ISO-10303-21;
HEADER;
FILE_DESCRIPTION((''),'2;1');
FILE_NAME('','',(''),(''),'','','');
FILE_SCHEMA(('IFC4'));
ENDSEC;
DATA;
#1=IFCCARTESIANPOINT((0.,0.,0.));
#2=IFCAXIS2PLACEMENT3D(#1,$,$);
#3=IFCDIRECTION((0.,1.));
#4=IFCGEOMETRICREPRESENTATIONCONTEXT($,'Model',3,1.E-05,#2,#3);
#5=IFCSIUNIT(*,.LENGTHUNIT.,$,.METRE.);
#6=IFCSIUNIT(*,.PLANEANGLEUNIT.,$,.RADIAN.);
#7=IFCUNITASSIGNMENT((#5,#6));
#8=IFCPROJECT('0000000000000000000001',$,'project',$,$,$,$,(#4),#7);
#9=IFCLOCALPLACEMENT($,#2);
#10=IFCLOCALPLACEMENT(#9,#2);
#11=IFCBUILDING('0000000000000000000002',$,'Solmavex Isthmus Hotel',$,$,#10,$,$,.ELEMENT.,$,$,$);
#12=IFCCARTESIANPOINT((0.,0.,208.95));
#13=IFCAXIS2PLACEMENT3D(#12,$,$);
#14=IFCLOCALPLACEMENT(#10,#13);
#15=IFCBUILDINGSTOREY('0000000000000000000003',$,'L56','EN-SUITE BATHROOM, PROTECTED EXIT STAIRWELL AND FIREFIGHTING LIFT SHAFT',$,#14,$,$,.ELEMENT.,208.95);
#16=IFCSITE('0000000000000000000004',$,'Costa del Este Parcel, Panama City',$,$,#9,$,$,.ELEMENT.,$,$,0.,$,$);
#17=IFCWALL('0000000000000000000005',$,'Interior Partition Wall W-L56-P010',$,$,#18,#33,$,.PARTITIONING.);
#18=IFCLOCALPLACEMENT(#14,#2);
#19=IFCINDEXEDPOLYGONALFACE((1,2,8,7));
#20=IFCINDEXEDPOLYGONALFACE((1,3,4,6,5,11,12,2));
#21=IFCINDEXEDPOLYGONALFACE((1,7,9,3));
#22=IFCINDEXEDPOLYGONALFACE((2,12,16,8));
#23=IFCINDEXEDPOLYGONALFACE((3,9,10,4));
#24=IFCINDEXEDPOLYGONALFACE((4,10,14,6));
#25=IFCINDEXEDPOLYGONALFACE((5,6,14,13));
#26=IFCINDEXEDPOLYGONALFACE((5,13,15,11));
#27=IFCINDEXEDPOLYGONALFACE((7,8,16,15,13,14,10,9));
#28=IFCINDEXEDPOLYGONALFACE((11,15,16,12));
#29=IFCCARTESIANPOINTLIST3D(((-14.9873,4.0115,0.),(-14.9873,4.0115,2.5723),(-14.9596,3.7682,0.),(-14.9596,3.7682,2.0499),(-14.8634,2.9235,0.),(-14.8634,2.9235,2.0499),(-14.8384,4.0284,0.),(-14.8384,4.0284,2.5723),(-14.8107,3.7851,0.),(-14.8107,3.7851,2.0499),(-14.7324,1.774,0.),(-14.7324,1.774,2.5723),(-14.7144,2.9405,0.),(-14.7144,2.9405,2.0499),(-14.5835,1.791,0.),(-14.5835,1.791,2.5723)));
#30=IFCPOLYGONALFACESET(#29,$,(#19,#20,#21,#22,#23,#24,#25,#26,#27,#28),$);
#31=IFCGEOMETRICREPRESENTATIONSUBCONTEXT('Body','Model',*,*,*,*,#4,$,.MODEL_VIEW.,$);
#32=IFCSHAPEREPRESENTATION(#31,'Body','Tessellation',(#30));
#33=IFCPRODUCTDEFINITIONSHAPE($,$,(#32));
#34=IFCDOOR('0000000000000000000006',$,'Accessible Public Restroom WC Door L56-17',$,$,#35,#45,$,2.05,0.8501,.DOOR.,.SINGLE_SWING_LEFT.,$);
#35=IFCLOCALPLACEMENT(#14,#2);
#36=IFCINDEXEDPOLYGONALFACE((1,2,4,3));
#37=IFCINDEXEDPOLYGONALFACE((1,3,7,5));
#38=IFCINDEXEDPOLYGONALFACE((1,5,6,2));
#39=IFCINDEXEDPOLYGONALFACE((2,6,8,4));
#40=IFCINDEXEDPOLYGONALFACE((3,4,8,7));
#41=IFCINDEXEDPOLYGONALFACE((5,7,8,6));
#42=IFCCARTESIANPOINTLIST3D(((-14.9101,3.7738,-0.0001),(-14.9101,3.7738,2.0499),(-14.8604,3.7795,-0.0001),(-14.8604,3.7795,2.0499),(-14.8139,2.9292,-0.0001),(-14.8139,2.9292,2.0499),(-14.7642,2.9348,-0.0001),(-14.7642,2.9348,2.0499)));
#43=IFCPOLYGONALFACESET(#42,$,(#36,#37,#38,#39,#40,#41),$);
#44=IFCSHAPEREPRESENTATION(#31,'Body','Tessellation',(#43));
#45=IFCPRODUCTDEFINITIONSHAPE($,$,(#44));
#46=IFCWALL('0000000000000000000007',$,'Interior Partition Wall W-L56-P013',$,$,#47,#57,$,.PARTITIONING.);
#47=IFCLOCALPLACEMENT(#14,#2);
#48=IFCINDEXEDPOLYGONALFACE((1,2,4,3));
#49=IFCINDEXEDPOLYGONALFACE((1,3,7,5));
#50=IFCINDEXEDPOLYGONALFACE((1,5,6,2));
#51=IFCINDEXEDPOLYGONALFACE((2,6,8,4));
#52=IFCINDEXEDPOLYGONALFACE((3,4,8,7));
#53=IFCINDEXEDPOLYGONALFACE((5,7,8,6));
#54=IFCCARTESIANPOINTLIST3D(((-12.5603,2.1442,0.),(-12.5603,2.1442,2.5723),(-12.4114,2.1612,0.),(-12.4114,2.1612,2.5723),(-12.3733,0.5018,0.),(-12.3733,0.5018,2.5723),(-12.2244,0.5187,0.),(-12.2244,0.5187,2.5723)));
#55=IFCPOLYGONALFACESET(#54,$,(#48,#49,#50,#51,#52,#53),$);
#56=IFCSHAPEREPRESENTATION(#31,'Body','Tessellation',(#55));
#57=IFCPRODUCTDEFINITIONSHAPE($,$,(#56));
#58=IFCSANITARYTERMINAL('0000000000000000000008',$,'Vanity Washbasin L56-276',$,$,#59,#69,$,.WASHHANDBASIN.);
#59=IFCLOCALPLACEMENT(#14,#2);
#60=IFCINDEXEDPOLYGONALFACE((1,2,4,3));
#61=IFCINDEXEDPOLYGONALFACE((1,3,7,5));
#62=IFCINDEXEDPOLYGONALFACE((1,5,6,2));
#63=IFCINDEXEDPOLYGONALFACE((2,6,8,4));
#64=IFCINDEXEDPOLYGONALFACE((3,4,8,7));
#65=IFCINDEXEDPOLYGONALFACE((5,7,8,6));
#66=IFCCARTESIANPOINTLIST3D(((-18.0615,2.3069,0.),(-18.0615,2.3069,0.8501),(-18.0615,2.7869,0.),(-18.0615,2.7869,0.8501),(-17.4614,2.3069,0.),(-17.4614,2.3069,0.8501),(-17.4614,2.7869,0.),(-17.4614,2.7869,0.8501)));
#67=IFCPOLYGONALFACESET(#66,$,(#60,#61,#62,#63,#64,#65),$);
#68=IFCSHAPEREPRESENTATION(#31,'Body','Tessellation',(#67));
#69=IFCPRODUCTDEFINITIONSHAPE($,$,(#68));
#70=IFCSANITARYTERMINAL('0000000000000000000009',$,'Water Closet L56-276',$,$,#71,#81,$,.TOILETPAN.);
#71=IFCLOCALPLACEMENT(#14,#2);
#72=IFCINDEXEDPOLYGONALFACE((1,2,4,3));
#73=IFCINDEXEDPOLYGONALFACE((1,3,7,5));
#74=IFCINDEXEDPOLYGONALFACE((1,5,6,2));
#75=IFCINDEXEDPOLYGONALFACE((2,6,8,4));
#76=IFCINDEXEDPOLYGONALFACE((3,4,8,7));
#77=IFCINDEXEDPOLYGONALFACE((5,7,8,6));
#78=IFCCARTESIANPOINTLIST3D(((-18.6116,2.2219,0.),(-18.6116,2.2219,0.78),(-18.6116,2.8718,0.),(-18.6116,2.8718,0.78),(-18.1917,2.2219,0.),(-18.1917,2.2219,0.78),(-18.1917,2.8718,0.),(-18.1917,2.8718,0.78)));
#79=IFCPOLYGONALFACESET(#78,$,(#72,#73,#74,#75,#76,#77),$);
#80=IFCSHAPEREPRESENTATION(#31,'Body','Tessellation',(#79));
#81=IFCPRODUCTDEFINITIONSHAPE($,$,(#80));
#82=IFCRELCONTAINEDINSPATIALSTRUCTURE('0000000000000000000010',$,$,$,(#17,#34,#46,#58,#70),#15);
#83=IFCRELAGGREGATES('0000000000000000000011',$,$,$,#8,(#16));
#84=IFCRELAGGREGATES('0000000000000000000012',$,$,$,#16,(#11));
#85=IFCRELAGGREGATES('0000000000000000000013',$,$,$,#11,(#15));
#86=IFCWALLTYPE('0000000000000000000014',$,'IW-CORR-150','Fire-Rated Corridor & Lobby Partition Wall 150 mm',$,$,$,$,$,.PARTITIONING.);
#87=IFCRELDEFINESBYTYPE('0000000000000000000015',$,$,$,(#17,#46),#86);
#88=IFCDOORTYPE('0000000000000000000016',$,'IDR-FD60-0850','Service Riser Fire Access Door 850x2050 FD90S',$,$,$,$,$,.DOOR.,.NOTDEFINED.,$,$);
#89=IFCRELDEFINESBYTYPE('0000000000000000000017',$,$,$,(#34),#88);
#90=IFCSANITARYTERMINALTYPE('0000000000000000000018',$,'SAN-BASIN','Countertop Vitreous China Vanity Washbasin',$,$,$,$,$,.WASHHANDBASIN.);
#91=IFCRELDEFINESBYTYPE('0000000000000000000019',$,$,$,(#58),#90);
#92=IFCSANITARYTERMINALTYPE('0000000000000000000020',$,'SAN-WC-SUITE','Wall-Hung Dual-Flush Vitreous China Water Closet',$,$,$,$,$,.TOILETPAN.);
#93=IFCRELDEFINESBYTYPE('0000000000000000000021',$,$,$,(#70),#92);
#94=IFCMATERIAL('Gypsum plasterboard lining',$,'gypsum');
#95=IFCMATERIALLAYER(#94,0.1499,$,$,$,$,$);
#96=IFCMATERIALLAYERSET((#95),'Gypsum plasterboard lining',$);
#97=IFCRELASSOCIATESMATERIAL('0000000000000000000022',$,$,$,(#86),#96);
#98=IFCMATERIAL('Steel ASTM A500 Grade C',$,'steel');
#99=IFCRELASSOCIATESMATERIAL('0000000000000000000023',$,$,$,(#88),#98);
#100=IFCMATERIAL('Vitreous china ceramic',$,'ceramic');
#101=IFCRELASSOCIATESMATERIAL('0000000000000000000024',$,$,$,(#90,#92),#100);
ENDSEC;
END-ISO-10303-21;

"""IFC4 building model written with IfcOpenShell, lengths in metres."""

from ifc_helpers import new_model, si_unit, direction, frame, frame_2d, origin, origin_2d, place, context, subcontext, project, spatial, rectangle, extrude, material, layer, layer_set, type_object, element, fill, save


model = new_model("IFC4")

# Units and contexts
model_context = context("Model", 3, precision=1e-05, world=origin(), true_north=direction((0.0, 1.0)))
body_context = subcontext(model_context, "Body", "Model", "MODEL_VIEW")
ifc_project = project(units=[si_unit("LENGTHUNIT", "METRE"), si_unit("PLANEANGLEUNIT", "RADIAN")], contexts=[model_context])

# Site, building, storey
site_placement = place(None, origin())
site = spatial("IfcSite", under=ifc_project, at=site_placement, Name="Costa del Este Parcel, Panama City", CompositionType="ELEMENT", RefElevation=0.0)
building_placement = place(site_placement, origin())
building = spatial("IfcBuilding", under=site, at=building_placement, Name="Solmavex Isthmus Hotel", CompositionType="ELEMENT")
storey_placement = place(building_placement, frame((0.0, 0.0, 208.95)))
storey = spatial("IfcBuildingStorey", under=building, at=storey_placement, Name="L56", Description="EN-SUITE BATHROOM, PROTECTED EXIT STAIRWELL AND FIREFIGHTING LIFT SHAFT", CompositionType="ELEMENT", Elevation=208.95)

# Shared definitions
ifc_material_1 = material(Name="Gypsum plasterboard lining", Category="gypsum")

# Wall, opening, door
ifc_layer_1 = layer(ifc_material_1, 0.1499)
ifc_layer_set_1 = layer_set([ifc_layer_1], Name="Gypsum plasterboard lining")
wall_type_1 = type_object("IfcWallType", Name="IW-CORR-150", Description="Fire-Rated Corridor & Lobby Partition Wall 150 mm", PredefinedType="PARTITIONING", material=ifc_layer_set_1)
wall_1_placement = place(storey_placement, frame((-14.658, 1.7825, 0.0), z_axis=(0.0, 0.0, 1.0), x_axis=(-0.11318, 0.993575, 0.0)))
wall_1 = element("IfcWall", 1, at=wall_1_placement, inside=storey, type_object=wall_type_1, Name="Interior Partition Wall W-L56-P010", PredefinedType="PARTITIONING", context=body_context, shape_type="SweptSolid", body=[
    extrude(rectangle(XDim=2.252, YDim=0.1499, at=frame_2d((1.126, 0.0))), origin(), (0.0, 0.0, 1.0), 2.5723),
])
opening_1_placement = place(wall_1_placement, frame((1.157, 0.0, 0.0)))
opening_1 = element("IfcOpeningElement", 2, at=opening_1_placement, cuts=wall_1, PredefinedType="OPENING", context=body_context, shape_type="SweptSolid", body=[
    extrude(rectangle(XDim=0.8501, YDim=2.05, at=frame_2d((0.425, 1.0249))), frame((0.0, 0.085, 0.0), z_axis=(0.0, -1.0, 0.0), x_axis=(1.0, 0.0, 0.0)), (0.0, 0.0, 1.0), 0.1699),
])
ifc_material_2 = material(Name="Steel ASTM A500 Grade C", Category="steel")
door_type_1 = type_object("IfcDoorType", Name="IDR-FD60-0850", Description="Service Riser Fire Access Door 850x2050 FD90S", OperationType="NOTDEFINED", PredefinedType="DOOR", material=ifc_material_2)
door_1_placement = place(opening_1_placement, frame((0.8501, 0.0, 0.0), z_axis=(0.0, 0.0, 1.0), x_axis=(-1.0, 0.0, 0.0)))
door_1 = element("IfcDoor", 3, at=door_1_placement, inside=storey, type_object=door_type_1, Name="Accessible Public Restroom WC Door L56-17", OperationType="SINGLE_SWING_LEFT", OverallHeight=2.05, OverallWidth=0.8501, PredefinedType="DOOR", context=body_context, shape_type="SweptSolid", body=[
    extrude(rectangle(XDim=0.8501, YDim=2.05, at=frame_2d((0.425, 1.0249))), frame((0.0, 0.0249, 0.0), z_axis=(0.0, -1.0, 0.0), x_axis=(1.0, 0.0, 0.0)), (0.0, 0.0, 1.0), 0.05),
])
fill(opening_1, door_1)

# Wall
wall_2_placement = place(storey_placement, frame((-12.4858, 2.1528, 0.0), z_axis=(0.0, 0.0, 1.0), x_axis=(0.113122, -0.993581, 0.0)))
element("IfcWall", 4, at=wall_2_placement, inside=storey, type_object=wall_type_1, Name="Interior Partition Wall W-L56-P013", PredefinedType="PARTITIONING", context=body_context, shape_type="SweptSolid", body=[
    extrude(rectangle(XDim=1.6531, YDim=0.1499, at=frame_2d((0.8267, 0.0))), origin(), (0.0, 0.0, 1.0), 2.5723),
])

# Sanitary terminals
ifc_material_3 = material(Name="Vitreous china ceramic", Category="ceramic")
sanitary_terminal_type_1 = type_object("IfcSanitaryTerminalType", Name="SAN-BASIN", Description="Countertop Vitreous China Vanity Washbasin", PredefinedType="WASHHANDBASIN", material=ifc_material_3)
sanitary_terminal_1_placement = place(storey_placement, frame((-17.7615, 2.5469, 0.0), z_axis=(0.0, 0.0, 1.0), x_axis=(1.0, 0.0, 0.0)))
element("IfcSanitaryTerminal", 5, at=sanitary_terminal_1_placement, inside=storey, type_object=sanitary_terminal_type_1, Name="Vanity Washbasin L56-276", PredefinedType="WASHHANDBASIN", context=body_context, shape_type="SweptSolid", body=[
    extrude(rectangle(XDim=0.6001, YDim=0.48, at=origin_2d()), origin(), (0.0, 0.0, 1.0), 0.8501),
])
sanitary_terminal_type_2 = type_object("IfcSanitaryTerminalType", Name="SAN-WC-SUITE", Description="Wall-Hung Dual-Flush Vitreous China Water Closet", PredefinedType="TOILETPAN", material=ifc_material_3)
sanitary_terminal_2_placement = place(storey_placement, frame((-18.4016, 2.5469, 0.0), z_axis=(0.0, 0.0, 1.0), x_axis=(1.0, 0.0, 0.0)))
element("IfcSanitaryTerminal", 6, at=sanitary_terminal_2_placement, inside=storey, type_object=sanitary_terminal_type_2, Name="Water Closet L56-276", PredefinedType="TOILETPAN", context=body_context, shape_type="SweptSolid", body=[
    extrude(rectangle(XDim=0.4199, YDim=0.6499, at=origin_2d()), origin(), (0.0, 0.0, 1.0), 0.78),
])

save(model, "model.ifc")
